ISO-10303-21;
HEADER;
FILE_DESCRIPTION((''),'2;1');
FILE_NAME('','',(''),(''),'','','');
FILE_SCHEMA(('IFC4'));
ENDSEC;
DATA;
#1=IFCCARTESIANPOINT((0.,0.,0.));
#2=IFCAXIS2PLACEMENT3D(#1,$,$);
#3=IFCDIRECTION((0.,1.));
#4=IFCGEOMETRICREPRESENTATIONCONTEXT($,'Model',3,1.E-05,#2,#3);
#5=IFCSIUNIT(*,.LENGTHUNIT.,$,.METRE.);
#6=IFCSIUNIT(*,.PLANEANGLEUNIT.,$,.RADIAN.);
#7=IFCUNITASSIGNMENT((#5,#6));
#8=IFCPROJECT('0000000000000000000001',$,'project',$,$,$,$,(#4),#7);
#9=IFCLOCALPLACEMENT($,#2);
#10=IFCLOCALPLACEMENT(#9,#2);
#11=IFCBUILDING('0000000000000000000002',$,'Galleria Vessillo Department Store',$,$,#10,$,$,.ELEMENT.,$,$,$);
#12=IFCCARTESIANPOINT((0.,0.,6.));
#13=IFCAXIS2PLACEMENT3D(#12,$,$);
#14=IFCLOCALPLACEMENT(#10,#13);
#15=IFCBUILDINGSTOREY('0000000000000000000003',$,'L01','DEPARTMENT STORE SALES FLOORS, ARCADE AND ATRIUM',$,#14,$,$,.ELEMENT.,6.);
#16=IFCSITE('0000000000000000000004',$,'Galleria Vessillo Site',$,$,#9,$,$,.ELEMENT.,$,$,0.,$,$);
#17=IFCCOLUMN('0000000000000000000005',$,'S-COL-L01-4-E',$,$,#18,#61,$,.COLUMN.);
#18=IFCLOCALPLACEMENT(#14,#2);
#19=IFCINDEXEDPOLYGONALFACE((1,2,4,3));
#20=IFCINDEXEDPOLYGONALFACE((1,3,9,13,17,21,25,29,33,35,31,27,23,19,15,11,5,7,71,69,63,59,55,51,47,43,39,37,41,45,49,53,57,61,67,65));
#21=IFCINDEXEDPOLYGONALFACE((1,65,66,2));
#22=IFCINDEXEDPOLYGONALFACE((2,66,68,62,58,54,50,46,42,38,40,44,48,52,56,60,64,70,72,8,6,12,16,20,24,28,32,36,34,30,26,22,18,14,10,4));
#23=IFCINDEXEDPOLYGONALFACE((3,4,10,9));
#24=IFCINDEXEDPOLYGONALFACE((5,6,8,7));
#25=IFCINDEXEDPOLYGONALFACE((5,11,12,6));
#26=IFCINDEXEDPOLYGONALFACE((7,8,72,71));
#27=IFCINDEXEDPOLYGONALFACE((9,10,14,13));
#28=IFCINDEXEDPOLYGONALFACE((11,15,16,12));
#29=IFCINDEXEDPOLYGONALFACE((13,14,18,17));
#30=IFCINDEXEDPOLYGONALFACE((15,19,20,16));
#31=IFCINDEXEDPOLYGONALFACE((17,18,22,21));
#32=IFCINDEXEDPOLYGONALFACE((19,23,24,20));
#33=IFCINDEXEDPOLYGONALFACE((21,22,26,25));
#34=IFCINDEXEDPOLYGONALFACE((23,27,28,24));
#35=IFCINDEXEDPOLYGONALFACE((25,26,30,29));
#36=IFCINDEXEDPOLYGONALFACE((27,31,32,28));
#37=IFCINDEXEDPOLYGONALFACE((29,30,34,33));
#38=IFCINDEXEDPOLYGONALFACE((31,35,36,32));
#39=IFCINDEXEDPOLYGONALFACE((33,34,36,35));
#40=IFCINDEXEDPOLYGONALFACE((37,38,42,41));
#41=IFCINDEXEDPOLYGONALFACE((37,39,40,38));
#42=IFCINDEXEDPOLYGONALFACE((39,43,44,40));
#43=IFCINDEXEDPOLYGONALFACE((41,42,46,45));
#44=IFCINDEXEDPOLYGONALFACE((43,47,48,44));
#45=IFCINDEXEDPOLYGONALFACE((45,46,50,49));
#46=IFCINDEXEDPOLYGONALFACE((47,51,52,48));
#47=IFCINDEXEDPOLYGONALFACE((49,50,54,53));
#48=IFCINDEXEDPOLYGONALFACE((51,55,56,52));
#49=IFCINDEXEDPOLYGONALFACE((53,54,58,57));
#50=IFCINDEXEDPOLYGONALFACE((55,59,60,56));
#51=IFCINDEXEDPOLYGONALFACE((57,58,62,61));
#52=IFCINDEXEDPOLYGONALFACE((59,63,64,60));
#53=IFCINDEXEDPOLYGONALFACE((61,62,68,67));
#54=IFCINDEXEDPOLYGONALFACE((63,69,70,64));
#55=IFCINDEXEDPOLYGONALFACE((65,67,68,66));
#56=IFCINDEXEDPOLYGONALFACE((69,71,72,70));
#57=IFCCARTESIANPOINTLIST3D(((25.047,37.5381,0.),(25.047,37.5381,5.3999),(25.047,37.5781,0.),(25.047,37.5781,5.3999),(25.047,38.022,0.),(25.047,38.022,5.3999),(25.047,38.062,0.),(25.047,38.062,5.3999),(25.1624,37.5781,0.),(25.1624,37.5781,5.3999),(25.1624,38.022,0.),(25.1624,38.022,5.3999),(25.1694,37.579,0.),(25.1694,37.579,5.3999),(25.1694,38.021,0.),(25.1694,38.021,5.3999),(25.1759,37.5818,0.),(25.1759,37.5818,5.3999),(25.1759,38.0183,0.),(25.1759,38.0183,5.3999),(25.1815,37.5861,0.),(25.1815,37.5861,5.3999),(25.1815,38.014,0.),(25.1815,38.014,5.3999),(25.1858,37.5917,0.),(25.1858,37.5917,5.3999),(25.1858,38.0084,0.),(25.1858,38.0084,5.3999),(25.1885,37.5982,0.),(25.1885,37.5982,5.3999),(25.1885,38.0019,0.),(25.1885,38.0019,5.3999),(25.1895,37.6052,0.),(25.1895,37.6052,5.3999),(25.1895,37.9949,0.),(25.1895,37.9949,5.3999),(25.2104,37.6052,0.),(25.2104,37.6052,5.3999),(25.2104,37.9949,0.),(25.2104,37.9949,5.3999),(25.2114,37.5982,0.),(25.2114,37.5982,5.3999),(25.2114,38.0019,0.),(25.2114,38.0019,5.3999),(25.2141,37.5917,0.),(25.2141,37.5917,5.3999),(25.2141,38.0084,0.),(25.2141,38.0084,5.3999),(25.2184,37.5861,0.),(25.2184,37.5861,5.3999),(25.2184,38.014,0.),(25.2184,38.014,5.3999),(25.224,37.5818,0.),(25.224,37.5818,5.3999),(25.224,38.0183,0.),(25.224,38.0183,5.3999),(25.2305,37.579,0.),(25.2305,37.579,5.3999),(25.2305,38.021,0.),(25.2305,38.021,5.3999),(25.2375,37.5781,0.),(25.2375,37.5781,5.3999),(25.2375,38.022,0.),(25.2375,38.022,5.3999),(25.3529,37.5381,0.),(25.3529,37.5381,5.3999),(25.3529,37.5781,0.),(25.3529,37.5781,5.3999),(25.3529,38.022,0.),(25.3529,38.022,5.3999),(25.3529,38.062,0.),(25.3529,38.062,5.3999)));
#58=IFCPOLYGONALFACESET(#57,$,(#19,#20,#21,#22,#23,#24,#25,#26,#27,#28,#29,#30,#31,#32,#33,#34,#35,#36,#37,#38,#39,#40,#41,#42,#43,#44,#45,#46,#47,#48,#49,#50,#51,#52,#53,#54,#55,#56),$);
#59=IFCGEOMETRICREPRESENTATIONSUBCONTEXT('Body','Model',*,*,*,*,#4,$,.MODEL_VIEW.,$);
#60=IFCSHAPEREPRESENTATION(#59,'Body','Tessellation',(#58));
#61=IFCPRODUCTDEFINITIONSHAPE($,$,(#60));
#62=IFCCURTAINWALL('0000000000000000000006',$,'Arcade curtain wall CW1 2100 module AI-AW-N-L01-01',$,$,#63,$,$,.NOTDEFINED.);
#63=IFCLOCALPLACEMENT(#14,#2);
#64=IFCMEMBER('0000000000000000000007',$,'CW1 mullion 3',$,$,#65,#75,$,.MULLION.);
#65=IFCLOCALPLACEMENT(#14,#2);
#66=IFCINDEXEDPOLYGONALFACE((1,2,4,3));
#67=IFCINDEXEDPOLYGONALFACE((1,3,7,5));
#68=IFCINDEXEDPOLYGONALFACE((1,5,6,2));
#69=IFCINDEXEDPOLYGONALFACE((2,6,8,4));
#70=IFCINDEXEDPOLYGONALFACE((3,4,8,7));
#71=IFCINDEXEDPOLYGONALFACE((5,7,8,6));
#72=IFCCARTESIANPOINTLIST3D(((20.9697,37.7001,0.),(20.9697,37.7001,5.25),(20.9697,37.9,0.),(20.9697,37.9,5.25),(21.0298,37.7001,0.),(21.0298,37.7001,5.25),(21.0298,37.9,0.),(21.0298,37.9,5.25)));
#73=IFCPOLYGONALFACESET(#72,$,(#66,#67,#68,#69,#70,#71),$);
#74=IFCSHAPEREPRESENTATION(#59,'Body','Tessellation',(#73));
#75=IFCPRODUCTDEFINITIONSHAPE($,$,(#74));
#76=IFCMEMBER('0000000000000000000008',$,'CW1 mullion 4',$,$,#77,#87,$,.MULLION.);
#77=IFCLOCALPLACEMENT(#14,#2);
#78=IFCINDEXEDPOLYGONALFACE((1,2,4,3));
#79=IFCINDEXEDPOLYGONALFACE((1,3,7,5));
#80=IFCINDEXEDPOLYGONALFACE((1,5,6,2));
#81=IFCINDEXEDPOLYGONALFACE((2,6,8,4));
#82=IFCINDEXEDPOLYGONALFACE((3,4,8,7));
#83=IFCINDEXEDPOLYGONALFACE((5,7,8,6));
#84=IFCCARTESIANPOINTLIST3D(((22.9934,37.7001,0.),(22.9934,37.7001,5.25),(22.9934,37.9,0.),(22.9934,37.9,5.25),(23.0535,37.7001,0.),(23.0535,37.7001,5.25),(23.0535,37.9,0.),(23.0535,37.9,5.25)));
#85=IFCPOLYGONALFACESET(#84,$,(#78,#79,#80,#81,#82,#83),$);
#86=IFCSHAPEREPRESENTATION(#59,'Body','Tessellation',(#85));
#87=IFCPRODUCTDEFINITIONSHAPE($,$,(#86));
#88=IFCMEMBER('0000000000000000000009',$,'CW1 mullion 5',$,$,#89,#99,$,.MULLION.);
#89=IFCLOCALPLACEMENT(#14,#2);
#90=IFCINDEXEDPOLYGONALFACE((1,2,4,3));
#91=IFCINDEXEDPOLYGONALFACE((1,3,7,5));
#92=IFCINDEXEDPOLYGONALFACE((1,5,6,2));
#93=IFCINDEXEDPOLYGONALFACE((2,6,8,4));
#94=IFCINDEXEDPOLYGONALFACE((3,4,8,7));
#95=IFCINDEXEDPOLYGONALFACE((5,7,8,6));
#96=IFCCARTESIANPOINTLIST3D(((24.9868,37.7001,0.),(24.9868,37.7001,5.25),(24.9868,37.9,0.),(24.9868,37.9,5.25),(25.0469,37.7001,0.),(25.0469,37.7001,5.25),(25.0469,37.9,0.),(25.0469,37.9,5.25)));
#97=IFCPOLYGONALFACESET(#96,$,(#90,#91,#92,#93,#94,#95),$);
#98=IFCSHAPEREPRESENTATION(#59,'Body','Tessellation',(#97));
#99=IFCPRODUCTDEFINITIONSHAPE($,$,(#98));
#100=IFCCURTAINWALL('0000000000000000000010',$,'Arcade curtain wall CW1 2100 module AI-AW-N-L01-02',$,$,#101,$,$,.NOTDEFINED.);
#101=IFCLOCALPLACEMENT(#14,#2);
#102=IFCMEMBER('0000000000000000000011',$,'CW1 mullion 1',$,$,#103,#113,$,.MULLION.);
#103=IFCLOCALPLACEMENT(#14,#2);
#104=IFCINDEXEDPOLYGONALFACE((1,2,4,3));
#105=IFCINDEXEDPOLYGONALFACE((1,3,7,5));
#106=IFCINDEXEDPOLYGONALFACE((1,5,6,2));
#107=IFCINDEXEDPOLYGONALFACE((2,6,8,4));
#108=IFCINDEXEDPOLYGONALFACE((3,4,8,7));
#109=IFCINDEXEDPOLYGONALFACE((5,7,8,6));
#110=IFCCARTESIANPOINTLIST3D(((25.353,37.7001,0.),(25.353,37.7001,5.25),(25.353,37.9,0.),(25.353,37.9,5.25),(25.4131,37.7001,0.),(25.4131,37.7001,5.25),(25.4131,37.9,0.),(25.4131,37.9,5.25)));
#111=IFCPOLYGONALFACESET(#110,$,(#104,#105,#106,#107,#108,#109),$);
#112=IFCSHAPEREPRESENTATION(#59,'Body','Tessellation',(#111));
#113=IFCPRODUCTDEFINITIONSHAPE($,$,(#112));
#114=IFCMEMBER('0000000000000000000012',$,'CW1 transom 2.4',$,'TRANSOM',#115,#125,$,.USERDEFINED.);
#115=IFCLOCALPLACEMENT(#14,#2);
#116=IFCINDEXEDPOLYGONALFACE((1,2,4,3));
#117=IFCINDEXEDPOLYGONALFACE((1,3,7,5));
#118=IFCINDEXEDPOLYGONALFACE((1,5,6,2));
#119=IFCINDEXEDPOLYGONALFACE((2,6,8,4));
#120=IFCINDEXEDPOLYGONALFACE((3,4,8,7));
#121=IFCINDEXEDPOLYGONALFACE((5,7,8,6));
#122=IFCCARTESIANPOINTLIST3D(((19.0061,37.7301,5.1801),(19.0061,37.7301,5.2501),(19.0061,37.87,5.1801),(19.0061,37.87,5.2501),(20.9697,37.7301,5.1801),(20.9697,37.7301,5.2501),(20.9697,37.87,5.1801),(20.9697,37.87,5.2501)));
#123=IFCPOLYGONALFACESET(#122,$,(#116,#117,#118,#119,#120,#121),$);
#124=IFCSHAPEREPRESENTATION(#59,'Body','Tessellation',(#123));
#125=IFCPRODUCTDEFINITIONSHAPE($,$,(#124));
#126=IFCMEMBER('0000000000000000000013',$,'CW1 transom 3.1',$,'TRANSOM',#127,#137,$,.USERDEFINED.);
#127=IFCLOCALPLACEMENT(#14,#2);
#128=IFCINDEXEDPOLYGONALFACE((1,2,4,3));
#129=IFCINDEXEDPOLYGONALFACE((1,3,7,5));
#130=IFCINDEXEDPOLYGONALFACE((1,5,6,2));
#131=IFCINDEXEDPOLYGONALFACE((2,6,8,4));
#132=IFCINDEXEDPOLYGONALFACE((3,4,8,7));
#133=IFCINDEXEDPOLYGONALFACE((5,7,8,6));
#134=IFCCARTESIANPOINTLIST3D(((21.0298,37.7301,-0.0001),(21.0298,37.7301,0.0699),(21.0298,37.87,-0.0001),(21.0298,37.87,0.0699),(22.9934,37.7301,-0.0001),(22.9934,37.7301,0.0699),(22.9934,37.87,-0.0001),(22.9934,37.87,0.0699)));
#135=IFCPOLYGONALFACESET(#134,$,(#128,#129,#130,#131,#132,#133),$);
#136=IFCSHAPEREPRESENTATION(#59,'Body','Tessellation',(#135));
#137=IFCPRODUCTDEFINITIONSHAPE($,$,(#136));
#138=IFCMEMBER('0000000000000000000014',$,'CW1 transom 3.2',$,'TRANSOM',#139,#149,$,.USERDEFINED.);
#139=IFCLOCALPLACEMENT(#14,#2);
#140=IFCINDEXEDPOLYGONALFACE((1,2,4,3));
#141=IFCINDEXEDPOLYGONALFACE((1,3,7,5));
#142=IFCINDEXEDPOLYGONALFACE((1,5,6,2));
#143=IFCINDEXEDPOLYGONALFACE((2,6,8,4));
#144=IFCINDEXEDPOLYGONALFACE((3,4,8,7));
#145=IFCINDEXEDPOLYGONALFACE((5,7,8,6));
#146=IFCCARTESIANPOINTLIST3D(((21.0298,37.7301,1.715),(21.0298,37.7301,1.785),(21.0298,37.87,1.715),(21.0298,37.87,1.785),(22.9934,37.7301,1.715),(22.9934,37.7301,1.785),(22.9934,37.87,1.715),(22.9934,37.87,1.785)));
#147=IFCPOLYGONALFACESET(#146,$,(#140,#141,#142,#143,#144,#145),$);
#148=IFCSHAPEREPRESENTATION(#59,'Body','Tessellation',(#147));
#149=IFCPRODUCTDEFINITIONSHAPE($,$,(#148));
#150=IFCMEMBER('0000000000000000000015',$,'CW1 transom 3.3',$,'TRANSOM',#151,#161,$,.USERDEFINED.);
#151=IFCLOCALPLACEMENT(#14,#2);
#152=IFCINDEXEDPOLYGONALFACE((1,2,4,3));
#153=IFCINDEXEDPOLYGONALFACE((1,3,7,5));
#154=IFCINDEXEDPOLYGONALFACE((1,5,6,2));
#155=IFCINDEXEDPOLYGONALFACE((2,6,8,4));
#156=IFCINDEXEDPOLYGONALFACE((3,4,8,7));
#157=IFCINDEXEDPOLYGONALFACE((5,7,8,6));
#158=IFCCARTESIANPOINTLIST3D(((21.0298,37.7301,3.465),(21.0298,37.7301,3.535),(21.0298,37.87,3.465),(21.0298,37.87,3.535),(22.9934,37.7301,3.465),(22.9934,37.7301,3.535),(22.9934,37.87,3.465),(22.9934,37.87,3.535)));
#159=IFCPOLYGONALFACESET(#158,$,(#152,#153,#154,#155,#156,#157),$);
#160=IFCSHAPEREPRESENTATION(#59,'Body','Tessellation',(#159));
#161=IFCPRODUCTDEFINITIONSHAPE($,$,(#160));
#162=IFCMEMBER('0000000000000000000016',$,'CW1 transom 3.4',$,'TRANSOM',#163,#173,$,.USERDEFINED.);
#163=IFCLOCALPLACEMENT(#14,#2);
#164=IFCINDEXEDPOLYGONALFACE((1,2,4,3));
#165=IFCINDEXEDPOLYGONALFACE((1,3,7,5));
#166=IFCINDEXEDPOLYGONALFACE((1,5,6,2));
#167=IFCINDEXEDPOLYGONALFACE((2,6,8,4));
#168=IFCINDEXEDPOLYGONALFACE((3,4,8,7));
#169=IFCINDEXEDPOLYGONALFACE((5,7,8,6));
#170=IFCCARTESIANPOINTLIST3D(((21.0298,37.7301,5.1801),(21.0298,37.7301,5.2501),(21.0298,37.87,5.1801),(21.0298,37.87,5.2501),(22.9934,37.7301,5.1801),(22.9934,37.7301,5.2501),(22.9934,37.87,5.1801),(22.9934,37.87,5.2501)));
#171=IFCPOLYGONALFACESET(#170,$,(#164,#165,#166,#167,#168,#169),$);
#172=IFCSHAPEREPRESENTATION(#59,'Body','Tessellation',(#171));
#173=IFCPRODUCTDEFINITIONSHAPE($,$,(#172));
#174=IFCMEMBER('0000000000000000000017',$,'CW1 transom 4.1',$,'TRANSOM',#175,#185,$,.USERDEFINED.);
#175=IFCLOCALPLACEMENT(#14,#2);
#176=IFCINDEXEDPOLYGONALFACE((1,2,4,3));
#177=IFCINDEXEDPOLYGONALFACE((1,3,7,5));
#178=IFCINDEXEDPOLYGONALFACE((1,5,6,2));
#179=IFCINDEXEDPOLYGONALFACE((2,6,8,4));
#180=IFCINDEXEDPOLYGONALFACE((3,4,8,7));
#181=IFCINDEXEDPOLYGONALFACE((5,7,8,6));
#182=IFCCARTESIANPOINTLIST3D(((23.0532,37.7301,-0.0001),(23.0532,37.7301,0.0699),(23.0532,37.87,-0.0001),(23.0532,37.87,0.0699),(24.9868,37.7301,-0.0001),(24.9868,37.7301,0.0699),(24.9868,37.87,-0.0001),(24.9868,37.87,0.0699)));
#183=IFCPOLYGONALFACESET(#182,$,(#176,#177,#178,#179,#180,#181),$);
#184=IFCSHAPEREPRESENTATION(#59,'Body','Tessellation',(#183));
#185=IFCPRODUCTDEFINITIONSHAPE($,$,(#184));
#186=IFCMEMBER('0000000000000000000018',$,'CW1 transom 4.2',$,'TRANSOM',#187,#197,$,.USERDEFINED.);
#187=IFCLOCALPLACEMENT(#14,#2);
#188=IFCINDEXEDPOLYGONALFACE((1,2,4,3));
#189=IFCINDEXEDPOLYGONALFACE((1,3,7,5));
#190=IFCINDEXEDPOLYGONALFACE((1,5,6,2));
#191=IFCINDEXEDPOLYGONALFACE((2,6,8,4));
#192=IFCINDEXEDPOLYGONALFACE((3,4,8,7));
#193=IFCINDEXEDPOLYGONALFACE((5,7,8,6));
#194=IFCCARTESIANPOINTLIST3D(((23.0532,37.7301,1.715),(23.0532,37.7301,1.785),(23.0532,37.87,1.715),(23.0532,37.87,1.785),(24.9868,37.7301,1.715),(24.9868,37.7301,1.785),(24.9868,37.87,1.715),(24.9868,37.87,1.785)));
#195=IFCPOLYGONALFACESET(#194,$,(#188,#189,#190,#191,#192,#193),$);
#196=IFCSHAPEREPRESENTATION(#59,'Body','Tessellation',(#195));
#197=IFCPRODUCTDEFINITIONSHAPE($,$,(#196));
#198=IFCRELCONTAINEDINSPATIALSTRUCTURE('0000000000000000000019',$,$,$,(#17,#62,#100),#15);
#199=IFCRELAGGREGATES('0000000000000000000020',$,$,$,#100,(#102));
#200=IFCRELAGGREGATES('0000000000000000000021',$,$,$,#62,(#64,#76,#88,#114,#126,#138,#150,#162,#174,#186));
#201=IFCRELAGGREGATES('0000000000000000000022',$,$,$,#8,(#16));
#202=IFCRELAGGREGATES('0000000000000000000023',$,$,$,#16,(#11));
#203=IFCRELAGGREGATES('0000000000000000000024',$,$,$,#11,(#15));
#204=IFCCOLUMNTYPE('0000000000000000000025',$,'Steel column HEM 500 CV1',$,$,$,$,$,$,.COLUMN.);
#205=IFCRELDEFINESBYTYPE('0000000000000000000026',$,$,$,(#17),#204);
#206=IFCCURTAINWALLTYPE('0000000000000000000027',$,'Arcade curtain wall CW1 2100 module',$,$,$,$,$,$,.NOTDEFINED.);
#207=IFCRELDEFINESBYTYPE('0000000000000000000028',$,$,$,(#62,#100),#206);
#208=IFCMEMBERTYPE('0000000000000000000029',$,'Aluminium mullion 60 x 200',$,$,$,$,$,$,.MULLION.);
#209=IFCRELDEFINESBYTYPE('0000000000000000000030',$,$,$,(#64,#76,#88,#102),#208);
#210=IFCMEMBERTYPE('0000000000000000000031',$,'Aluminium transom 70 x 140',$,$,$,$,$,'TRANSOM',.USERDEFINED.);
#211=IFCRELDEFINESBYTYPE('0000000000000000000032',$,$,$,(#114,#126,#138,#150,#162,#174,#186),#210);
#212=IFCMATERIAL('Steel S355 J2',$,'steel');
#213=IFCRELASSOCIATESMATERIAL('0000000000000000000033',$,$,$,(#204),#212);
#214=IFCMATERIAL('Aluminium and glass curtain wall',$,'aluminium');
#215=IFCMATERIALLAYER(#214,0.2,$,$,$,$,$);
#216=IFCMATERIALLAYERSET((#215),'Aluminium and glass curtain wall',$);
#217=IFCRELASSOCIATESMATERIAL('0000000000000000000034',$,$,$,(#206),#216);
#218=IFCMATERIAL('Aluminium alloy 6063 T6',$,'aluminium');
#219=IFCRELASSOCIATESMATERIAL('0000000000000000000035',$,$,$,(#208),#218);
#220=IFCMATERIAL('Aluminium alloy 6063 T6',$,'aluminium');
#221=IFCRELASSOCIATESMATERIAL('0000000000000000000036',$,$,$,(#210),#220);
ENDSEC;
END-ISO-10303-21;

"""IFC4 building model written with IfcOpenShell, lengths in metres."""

from ifc_helpers import new_model, si_unit, direction, frame, origin, origin_2d, place, context, subcontext, project, spatial, rectangle, i_section, extrude, material, layer, layer_set, material_profile, profile_set, type_object, element, aggregate, save


model = new_model("IFC4")

# Units and contexts
model_context = context("Model", 3, precision=1e-05, world=origin(), true_north=direction((0.0, 1.0)))
body_context = subcontext(model_context, "Body", "Model", "MODEL_VIEW")
ifc_project = project(units=[si_unit("LENGTHUNIT", "METRE"), si_unit("PLANEANGLEUNIT", "RADIAN")], contexts=[model_context])

# Site, building, storey
site_placement = place(None, origin())
site = spatial("IfcSite", under=ifc_project, at=site_placement, Name="Galleria Vessillo Site", CompositionType="ELEMENT", RefElevation=0.0)
building_placement = place(site_placement, origin())
building = spatial("IfcBuilding", under=site, at=building_placement, Name="Galleria Vessillo Department Store", CompositionType="ELEMENT")
storey_placement = place(building_placement, frame((0.0, 0.0, 6.0)))
storey = spatial("IfcBuildingStorey", under=building, at=storey_placement, Name="L01", Description="DEPARTMENT STORE SALES FLOORS, ARCADE AND ATRIUM", CompositionType="ELEMENT", Elevation=6.0)

# Column
ifc_material_1 = material(Name="Steel S355 J2", Category="steel")
ifc_material_profile_1 = material_profile(ifc_material_1, i_section(OverallWidth=0.3059, OverallDepth=0.5239, WebThickness=0.021, FlangeThickness=0.04, FilletRadius=0.0271, at=origin_2d()), Name="HEM 500")
ifc_profile_set_1 = profile_set([ifc_material_profile_1], Name="Steel S355 J2")
column_type = type_object("IfcColumnType", Name="Steel column HEM 500 CV1", PredefinedType="COLUMN", material=ifc_profile_set_1)
column_placement = place(storey_placement, frame((25.2, 37.8, 0.0), z_axis=(0.0, 0.0, 1.0), x_axis=(1.0, 0.0, 0.0)))
element("IfcColumn", 1, at=column_placement, inside=storey, type_object=column_type, Name="S-COL-L01-4-E", PredefinedType="COLUMN", context=body_context, shape_type="SweptSolid", body=[
    extrude(i_section(OverallWidth=0.3059, OverallDepth=0.5239, WebThickness=0.021, FlangeThickness=0.04, FilletRadius=0.0271, at=origin_2d()), origin(), (0.0, 0.0, 1.0), 5.3999),
])

# Curtain wall, members
ifc_material_2 = material(Name="Aluminium and glass curtain wall", Category="aluminium")
ifc_layer_1 = layer(ifc_material_2, 0.2)
ifc_layer_set_1 = layer_set([ifc_layer_1], Name="Aluminium and glass curtain wall")
curtain_wall_type = type_object("IfcCurtainWallType", Name="Arcade curtain wall CW1 2100 module", PredefinedType="NOTDEFINED", material=ifc_layer_set_1)
curtain_wall_1_placement = place(storey_placement, origin())
curtain_wall_1 = element("IfcCurtainWall", 2, at=curtain_wall_1_placement, inside=storey, type_object=curtain_wall_type, Name="Arcade curtain wall CW1 2100 module AI-AW-N-L01-01", PredefinedType="NOTDEFINED")
ifc_material_3 = material(Name="Aluminium alloy 6063 T6", Category="aluminium")
ifc_material_profile_2 = material_profile(ifc_material_3, rectangle(XDim=0.2, YDim=0.0601, at=origin_2d()), Name="AL 60x200")
ifc_profile_set_2 = profile_set([ifc_material_profile_2], Name="Aluminium alloy 6063 T6")
member_type_1 = type_object("IfcMemberType", Name="Aluminium mullion 60 x 200", PredefinedType="MULLION", material=ifc_profile_set_2)
member_1_placement = place(storey_placement, frame((20.9998, 37.8, 0.0), z_axis=(0.0, 0.0, 1.0), x_axis=(0.0, 1.0, 0.0)))
member_1 = element("IfcMember", 3, at=member_1_placement, type_object=member_type_1, Name="CW1 mullion 3", PredefinedType="MULLION", context=body_context, shape_type="SweptSolid", body=[
    extrude(rectangle(XDim=0.2, YDim=0.0601, at=origin_2d()), origin(), (0.0, 0.0, 1.0), 5.25),
])
member_2_placement = place(storey_placement, frame((23.0234, 37.8, 0.0), z_axis=(0.0, 0.0, 1.0), x_axis=(0.0, 1.0, 0.0)))
member_2 = element("IfcMember", 4, at=member_2_placement, type_object=member_type_1, Name="CW1 mullion 4", PredefinedType="MULLION", context=body_context, shape_type="SweptSolid", body=[
    extrude(rectangle(XDim=0.2, YDim=0.0601, at=origin_2d()), origin(), (0.0, 0.0, 1.0), 5.25),
])
member_3_placement = place(storey_placement, frame((25.0168, 37.8, 0.0), z_axis=(0.0, 0.0, 1.0), x_axis=(0.0, 1.0, 0.0)))
member_3 = element("IfcMember", 5, at=member_3_placement, type_object=member_type_1, Name="CW1 mullion 5", PredefinedType="MULLION", context=body_context, shape_type="SweptSolid", body=[
    extrude(rectangle(XDim=0.2, YDim=0.0601, at=origin_2d()), origin(), (0.0, 0.0, 1.0), 5.25),
])

# Curtain wall, member
curtain_wall_2_placement = place(storey_placement, origin())
curtain_wall_2 = element("IfcCurtainWall", 6, at=curtain_wall_2_placement, inside=storey, type_object=curtain_wall_type, Name="Arcade curtain wall CW1 2100 module AI-AW-N-L01-02", PredefinedType="NOTDEFINED")
member_4_placement = place(storey_placement, frame((25.3831, 37.8, 0.0), z_axis=(0.0, 0.0, 1.0), x_axis=(0.0, 1.0, 0.0)))
member_4 = element("IfcMember", 7, at=member_4_placement, type_object=member_type_1, Name="CW1 mullion 1", PredefinedType="MULLION", context=body_context, shape_type="SweptSolid", body=[
    extrude(rectangle(XDim=0.2, YDim=0.0601, at=origin_2d()), origin(), (0.0, 0.0, 1.0), 5.25),
])

# Members
ifc_material_4 = material(Name="Aluminium alloy 6063 T6", Category="aluminium")
ifc_material_profile_3 = material_profile(ifc_material_4, rectangle(XDim=0.1399, YDim=0.0701, at=origin_2d()), Name="AL 70x140")
ifc_profile_set_3 = profile_set([ifc_material_profile_3], Name="Aluminium alloy 6063 T6")
member_type_2 = type_object("IfcMemberType", Name="Aluminium transom 70 x 140", ElementType="TRANSOM", PredefinedType="USERDEFINED", material=ifc_profile_set_3)
member_5_placement = place(storey_placement, frame((19.0061, 37.8, 5.2151), z_axis=(1.0, 0.0, 0.0), x_axis=(0.0, 1.0, 0.0)))
member_5 = element("IfcMember", 8, at=member_5_placement, type_object=member_type_2, Name="CW1 transom 2.4", ObjectType="TRANSOM", PredefinedType="USERDEFINED", context=body_context, shape_type="SweptSolid", body=[
    extrude(rectangle(XDim=0.1399, YDim=0.0701, at=origin_2d()), origin(), (0.0, 0.0, 1.0), 1.9636),
])
member_6_placement = place(storey_placement, frame((21.0298, 37.8, 0.0349), z_axis=(1.0, 0.0, 0.0), x_axis=(0.0, 1.0, 0.0)))
member_6 = element("IfcMember", 9, at=member_6_placement, type_object=member_type_2, Name="CW1 transom 3.1", ObjectType="TRANSOM", PredefinedType="USERDEFINED", context=body_context, shape_type="SweptSolid", body=[
    extrude(rectangle(XDim=0.1399, YDim=0.0701, at=origin_2d()), origin(), (0.0, 0.0, 1.0), 1.9636),
])
member_7_placement = place(storey_placement, frame((21.0298, 37.8, 1.75), z_axis=(1.0, 0.0, 0.0), x_axis=(0.0, 1.0, 0.0)))
member_7 = element("IfcMember", 10, at=member_7_placement, type_object=member_type_2, Name="CW1 transom 3.2", ObjectType="TRANSOM", PredefinedType="USERDEFINED", context=body_context, shape_type="SweptSolid", body=[
    extrude(rectangle(XDim=0.1399, YDim=0.0701, at=origin_2d()), origin(), (0.0, 0.0, 1.0), 1.9636),
])
member_8_placement = place(storey_placement, frame((21.0298, 37.8, 3.5), z_axis=(1.0, 0.0, 0.0), x_axis=(0.0, 1.0, 0.0)))
member_8 = element("IfcMember", 11, at=member_8_placement, type_object=member_type_2, Name="CW1 transom 3.3", ObjectType="TRANSOM", PredefinedType="USERDEFINED", context=body_context, shape_type="SweptSolid", body=[
    extrude(rectangle(XDim=0.1399, YDim=0.0701, at=origin_2d()), origin(), (0.0, 0.0, 1.0), 1.9636),
])
member_9_placement = place(storey_placement, frame((21.0298, 37.8, 5.2151), z_axis=(1.0, 0.0, 0.0), x_axis=(0.0, 1.0, 0.0)))
member_9 = element("IfcMember", 12, at=member_9_placement, type_object=member_type_2, Name="CW1 transom 3.4", ObjectType="TRANSOM", PredefinedType="USERDEFINED", context=body_context, shape_type="SweptSolid", body=[
    extrude(rectangle(XDim=0.1399, YDim=0.0701, at=origin_2d()), origin(), (0.0, 0.0, 1.0), 1.9636),
])
member_10_placement = place(storey_placement, frame((23.0532, 37.8, 0.0349), z_axis=(1.0, 0.0, 0.0), x_axis=(0.0, 1.0, 0.0)))
member_10 = element("IfcMember", 13, at=member_10_placement, type_object=member_type_2, Name="CW1 transom 4.1", ObjectType="TRANSOM", PredefinedType="USERDEFINED", context=body_context, shape_type="SweptSolid", body=[
    extrude(rectangle(XDim=0.1399, YDim=0.0701, at=origin_2d()), origin(), (0.0, 0.0, 1.0), 1.9336),
])
member_11_placement = place(storey_placement, frame((23.0532, 37.8, 1.75), z_axis=(1.0, 0.0, 0.0), x_axis=(0.0, 1.0, 0.0)))
member_11 = element("IfcMember", 14, at=member_11_placement, type_object=member_type_2, Name="CW1 transom 4.2", ObjectType="TRANSOM", PredefinedType="USERDEFINED", context=body_context, shape_type="SweptSolid", body=[
    extrude(rectangle(XDim=0.1399, YDim=0.0701, at=origin_2d()), origin(), (0.0, 0.0, 1.0), 1.9336),
])
aggregate(curtain_wall_2, [member_4])

aggregate(curtain_wall_1, [member_1, member_2, member_3, member_5, member_6, member_7, member_8, member_9, member_10, member_11])

save(model, "model.ifc")
